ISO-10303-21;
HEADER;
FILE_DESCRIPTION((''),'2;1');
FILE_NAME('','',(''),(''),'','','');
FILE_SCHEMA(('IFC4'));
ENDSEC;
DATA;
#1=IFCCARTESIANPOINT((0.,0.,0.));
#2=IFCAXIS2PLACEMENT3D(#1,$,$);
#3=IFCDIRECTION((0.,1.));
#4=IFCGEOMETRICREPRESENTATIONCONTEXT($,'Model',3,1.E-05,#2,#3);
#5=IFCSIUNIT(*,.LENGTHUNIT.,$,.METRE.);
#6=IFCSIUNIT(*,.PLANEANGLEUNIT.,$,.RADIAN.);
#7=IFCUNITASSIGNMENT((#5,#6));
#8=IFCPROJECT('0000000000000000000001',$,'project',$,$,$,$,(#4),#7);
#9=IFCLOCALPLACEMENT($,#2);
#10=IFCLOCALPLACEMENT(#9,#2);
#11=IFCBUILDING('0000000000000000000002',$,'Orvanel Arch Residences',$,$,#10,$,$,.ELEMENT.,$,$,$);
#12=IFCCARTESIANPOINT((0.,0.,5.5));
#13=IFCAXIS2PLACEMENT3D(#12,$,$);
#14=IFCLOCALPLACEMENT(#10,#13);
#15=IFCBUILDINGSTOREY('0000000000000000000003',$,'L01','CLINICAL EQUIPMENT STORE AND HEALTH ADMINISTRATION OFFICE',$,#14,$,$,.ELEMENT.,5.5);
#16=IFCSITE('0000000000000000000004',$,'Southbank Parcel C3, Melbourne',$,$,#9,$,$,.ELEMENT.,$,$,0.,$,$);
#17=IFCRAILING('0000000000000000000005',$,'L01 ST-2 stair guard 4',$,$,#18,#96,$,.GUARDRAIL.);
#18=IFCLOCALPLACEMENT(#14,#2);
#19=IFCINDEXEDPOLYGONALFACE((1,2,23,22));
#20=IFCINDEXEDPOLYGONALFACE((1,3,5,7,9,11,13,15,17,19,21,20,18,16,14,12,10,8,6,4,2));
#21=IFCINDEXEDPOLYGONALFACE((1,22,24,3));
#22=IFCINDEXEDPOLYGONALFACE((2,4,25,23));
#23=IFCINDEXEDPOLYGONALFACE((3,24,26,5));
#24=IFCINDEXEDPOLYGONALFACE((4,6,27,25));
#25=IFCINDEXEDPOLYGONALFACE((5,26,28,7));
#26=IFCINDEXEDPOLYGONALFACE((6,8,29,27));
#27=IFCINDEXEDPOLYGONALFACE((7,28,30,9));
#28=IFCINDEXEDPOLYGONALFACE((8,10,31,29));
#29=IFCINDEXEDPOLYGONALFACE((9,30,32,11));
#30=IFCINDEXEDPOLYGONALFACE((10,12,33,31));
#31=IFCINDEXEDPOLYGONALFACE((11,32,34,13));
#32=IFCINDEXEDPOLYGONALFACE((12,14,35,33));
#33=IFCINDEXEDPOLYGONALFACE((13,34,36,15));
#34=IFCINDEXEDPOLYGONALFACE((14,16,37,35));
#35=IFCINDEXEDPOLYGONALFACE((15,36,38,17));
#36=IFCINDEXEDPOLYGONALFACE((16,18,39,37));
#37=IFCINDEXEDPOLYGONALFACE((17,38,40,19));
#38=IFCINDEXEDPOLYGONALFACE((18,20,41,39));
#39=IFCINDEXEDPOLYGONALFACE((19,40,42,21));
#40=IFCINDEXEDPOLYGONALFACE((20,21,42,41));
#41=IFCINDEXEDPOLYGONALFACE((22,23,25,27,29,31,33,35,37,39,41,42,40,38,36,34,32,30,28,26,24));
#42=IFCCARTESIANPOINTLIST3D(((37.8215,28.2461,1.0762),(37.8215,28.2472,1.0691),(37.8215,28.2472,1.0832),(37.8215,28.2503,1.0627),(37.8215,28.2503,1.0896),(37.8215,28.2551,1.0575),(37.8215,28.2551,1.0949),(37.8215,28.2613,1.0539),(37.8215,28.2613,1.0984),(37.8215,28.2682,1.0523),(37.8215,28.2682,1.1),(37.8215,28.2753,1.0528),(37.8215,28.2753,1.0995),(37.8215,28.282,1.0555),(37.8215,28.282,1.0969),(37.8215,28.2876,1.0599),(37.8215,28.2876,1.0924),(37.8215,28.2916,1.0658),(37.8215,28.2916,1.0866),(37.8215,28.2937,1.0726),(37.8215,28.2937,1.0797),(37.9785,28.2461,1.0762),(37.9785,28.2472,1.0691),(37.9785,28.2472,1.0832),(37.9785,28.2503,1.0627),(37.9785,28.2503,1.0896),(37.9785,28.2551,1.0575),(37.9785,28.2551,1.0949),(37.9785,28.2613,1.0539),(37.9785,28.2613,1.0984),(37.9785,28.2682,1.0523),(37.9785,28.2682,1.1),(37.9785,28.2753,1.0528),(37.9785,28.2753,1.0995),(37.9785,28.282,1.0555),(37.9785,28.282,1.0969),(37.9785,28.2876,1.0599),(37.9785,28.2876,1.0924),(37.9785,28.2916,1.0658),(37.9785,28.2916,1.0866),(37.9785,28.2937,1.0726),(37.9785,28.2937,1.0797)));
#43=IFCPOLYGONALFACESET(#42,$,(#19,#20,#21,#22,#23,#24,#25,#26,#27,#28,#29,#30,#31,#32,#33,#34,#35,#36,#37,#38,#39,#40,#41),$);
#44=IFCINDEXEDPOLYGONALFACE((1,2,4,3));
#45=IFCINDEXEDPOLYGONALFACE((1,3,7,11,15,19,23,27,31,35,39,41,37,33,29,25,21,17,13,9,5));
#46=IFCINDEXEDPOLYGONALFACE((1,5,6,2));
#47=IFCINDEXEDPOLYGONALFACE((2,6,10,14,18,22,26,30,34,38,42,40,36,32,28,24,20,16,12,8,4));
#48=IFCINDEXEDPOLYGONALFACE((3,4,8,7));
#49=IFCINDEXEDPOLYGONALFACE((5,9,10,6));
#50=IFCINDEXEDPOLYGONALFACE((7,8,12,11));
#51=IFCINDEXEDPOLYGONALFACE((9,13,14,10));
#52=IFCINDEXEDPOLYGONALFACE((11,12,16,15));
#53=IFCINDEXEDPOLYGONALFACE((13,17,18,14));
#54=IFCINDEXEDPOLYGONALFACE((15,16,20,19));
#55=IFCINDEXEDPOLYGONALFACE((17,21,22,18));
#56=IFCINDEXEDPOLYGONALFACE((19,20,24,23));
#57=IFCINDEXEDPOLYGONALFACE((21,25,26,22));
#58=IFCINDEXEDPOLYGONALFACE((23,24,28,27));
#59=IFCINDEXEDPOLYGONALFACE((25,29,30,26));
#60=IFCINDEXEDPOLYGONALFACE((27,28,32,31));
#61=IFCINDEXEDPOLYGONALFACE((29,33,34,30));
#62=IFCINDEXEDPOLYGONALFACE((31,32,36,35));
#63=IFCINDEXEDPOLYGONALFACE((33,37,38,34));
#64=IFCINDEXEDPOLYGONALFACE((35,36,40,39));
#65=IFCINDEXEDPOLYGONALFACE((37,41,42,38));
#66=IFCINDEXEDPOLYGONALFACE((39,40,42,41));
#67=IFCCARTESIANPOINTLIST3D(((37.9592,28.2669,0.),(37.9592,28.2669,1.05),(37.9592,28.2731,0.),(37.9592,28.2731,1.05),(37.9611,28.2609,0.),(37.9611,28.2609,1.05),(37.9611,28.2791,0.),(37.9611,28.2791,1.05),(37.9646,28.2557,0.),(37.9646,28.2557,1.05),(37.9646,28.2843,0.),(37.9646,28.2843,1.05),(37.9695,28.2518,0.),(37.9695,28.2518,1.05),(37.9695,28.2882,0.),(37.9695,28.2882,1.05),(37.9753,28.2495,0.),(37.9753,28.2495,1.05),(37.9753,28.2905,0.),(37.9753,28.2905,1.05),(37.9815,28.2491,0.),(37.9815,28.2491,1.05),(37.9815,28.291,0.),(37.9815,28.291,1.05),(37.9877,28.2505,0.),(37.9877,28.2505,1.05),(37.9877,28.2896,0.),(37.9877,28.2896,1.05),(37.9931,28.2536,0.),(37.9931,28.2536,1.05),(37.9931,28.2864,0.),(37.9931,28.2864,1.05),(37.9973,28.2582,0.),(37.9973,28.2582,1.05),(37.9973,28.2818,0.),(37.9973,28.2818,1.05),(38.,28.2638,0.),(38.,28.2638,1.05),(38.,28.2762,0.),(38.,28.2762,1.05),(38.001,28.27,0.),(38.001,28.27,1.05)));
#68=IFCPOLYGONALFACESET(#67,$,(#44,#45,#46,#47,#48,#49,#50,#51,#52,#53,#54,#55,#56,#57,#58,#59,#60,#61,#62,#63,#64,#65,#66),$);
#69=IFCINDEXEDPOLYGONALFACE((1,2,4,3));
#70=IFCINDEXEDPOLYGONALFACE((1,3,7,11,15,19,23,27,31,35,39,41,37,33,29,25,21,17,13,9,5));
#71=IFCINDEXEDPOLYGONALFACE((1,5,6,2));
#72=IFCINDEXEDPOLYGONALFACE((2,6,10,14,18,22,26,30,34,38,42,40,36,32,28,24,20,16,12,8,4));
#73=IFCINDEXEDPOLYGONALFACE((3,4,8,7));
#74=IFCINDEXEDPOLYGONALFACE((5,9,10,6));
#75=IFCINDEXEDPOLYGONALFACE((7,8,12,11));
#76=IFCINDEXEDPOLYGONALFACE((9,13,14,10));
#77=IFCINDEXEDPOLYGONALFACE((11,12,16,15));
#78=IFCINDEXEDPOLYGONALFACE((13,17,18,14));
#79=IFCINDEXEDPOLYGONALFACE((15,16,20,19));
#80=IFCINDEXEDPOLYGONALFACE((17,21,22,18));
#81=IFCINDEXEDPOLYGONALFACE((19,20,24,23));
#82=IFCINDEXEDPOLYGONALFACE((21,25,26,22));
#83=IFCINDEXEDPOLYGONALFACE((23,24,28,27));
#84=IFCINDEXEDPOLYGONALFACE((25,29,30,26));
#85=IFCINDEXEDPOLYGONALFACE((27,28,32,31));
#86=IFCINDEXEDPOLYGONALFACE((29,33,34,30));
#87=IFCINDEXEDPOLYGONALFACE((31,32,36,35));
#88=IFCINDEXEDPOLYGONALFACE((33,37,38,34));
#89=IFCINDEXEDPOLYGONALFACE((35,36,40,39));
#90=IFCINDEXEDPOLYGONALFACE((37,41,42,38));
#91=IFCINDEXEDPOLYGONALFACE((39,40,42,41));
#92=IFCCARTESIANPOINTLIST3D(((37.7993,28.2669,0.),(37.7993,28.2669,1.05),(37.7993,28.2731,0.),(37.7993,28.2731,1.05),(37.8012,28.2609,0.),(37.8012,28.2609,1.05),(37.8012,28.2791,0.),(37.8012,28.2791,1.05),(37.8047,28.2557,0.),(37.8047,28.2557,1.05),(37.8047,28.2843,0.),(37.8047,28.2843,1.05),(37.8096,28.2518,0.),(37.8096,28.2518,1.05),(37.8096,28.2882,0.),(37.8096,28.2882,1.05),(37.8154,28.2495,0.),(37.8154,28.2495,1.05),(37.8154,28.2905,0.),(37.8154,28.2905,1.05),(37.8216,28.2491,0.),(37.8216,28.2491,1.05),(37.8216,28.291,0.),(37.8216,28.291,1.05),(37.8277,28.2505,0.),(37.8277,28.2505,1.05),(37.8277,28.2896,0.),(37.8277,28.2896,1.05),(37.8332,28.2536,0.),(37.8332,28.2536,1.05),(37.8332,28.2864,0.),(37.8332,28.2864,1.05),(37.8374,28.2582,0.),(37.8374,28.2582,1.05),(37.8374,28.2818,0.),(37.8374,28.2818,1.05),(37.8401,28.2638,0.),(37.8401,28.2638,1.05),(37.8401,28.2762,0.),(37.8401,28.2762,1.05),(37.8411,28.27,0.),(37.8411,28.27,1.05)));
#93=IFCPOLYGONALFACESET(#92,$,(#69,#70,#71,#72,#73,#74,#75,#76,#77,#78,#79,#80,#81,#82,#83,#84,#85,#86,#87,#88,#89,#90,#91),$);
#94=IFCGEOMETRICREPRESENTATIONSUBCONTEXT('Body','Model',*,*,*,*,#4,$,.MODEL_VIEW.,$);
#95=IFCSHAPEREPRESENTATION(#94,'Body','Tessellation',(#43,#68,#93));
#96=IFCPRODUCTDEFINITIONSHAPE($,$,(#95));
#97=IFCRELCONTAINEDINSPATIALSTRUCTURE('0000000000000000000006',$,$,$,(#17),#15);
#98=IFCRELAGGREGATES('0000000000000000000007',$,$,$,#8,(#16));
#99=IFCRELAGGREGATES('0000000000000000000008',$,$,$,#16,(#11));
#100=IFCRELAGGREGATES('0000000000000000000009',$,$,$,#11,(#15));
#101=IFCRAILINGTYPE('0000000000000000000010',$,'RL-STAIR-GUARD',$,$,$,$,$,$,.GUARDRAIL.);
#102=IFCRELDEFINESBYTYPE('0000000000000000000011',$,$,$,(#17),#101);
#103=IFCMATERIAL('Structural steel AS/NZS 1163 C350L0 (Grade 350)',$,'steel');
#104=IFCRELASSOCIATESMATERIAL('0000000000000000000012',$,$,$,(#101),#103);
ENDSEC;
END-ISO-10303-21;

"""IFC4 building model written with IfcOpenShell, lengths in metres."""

from ifc_helpers import new_model, si_unit, direction, frame, origin, origin_2d, place, context, subcontext, project, spatial, circle, extrude, material, type_object, element, save


model = new_model("IFC4")

# Units and contexts
model_context = context("Model", 3, precision=1e-05, world=origin(), true_north=direction((0.0, 1.0)))
body_context = subcontext(model_context, "Body", "Model", "MODEL_VIEW")
ifc_project = project(units=[si_unit("LENGTHUNIT", "METRE"), si_unit("PLANEANGLEUNIT", "RADIAN")], contexts=[model_context])

# Site, building, storey
site_placement = place(None, origin())
site = spatial("IfcSite", under=ifc_project, at=site_placement, Name="Southbank Parcel C3, Melbourne", CompositionType="ELEMENT", RefElevation=0.0)
building_placement = place(site_placement, origin())
building = spatial("IfcBuilding", under=site, at=building_placement, Name="Orvanel Arch Residences", CompositionType="ELEMENT")
storey_placement = place(building_placement, frame((0.0, 0.0, 5.5)))
storey = spatial("IfcBuildingStorey", under=building, at=storey_placement, Name="L01", Description="CLINICAL EQUIPMENT STORE AND HEALTH ADMINISTRATION OFFICE", CompositionType="ELEMENT", Elevation=5.5)

# Shared definitions
ifc_material_1 = material(Name="Structural steel AS/NZS 1163 C350L0 (Grade 350)", Category="steel")

# Railing
railing_type_1 = type_object("IfcRailingType", Name="RL-STAIR-GUARD", PredefinedType="GUARDRAIL", material=ifc_material_1)
railing_1_placement = place(storey_placement, frame((37.98, 28.27, 0.0)))
element("IfcRailing", 1, at=railing_1_placement, inside=storey, type_object=railing_type_1, Name="L01 ST-2 stair guard 4", PredefinedType="GUARDRAIL", context=body_context, shape_type="SweptSolid", body=[
    extrude(circle(Radius=0.0239, at=origin_2d()), frame((-0.0015, 0.0, 1.0762), z_axis=(-1.0, 0.0, 0.0), x_axis=(0.0, -1.0, 0.0)), (0.0, 0.0, 1.0), 0.157),
    extrude(circle(Radius=0.021, at=origin_2d()), origin(), (0.0, 0.0, 1.0), 1.05),
    extrude(circle(Radius=0.021, at=origin_2d()), frame((-0.1599, 0.0, 0.0)), (0.0, 0.0, 1.0), 1.05),
])

save(model, "model.ifc")
